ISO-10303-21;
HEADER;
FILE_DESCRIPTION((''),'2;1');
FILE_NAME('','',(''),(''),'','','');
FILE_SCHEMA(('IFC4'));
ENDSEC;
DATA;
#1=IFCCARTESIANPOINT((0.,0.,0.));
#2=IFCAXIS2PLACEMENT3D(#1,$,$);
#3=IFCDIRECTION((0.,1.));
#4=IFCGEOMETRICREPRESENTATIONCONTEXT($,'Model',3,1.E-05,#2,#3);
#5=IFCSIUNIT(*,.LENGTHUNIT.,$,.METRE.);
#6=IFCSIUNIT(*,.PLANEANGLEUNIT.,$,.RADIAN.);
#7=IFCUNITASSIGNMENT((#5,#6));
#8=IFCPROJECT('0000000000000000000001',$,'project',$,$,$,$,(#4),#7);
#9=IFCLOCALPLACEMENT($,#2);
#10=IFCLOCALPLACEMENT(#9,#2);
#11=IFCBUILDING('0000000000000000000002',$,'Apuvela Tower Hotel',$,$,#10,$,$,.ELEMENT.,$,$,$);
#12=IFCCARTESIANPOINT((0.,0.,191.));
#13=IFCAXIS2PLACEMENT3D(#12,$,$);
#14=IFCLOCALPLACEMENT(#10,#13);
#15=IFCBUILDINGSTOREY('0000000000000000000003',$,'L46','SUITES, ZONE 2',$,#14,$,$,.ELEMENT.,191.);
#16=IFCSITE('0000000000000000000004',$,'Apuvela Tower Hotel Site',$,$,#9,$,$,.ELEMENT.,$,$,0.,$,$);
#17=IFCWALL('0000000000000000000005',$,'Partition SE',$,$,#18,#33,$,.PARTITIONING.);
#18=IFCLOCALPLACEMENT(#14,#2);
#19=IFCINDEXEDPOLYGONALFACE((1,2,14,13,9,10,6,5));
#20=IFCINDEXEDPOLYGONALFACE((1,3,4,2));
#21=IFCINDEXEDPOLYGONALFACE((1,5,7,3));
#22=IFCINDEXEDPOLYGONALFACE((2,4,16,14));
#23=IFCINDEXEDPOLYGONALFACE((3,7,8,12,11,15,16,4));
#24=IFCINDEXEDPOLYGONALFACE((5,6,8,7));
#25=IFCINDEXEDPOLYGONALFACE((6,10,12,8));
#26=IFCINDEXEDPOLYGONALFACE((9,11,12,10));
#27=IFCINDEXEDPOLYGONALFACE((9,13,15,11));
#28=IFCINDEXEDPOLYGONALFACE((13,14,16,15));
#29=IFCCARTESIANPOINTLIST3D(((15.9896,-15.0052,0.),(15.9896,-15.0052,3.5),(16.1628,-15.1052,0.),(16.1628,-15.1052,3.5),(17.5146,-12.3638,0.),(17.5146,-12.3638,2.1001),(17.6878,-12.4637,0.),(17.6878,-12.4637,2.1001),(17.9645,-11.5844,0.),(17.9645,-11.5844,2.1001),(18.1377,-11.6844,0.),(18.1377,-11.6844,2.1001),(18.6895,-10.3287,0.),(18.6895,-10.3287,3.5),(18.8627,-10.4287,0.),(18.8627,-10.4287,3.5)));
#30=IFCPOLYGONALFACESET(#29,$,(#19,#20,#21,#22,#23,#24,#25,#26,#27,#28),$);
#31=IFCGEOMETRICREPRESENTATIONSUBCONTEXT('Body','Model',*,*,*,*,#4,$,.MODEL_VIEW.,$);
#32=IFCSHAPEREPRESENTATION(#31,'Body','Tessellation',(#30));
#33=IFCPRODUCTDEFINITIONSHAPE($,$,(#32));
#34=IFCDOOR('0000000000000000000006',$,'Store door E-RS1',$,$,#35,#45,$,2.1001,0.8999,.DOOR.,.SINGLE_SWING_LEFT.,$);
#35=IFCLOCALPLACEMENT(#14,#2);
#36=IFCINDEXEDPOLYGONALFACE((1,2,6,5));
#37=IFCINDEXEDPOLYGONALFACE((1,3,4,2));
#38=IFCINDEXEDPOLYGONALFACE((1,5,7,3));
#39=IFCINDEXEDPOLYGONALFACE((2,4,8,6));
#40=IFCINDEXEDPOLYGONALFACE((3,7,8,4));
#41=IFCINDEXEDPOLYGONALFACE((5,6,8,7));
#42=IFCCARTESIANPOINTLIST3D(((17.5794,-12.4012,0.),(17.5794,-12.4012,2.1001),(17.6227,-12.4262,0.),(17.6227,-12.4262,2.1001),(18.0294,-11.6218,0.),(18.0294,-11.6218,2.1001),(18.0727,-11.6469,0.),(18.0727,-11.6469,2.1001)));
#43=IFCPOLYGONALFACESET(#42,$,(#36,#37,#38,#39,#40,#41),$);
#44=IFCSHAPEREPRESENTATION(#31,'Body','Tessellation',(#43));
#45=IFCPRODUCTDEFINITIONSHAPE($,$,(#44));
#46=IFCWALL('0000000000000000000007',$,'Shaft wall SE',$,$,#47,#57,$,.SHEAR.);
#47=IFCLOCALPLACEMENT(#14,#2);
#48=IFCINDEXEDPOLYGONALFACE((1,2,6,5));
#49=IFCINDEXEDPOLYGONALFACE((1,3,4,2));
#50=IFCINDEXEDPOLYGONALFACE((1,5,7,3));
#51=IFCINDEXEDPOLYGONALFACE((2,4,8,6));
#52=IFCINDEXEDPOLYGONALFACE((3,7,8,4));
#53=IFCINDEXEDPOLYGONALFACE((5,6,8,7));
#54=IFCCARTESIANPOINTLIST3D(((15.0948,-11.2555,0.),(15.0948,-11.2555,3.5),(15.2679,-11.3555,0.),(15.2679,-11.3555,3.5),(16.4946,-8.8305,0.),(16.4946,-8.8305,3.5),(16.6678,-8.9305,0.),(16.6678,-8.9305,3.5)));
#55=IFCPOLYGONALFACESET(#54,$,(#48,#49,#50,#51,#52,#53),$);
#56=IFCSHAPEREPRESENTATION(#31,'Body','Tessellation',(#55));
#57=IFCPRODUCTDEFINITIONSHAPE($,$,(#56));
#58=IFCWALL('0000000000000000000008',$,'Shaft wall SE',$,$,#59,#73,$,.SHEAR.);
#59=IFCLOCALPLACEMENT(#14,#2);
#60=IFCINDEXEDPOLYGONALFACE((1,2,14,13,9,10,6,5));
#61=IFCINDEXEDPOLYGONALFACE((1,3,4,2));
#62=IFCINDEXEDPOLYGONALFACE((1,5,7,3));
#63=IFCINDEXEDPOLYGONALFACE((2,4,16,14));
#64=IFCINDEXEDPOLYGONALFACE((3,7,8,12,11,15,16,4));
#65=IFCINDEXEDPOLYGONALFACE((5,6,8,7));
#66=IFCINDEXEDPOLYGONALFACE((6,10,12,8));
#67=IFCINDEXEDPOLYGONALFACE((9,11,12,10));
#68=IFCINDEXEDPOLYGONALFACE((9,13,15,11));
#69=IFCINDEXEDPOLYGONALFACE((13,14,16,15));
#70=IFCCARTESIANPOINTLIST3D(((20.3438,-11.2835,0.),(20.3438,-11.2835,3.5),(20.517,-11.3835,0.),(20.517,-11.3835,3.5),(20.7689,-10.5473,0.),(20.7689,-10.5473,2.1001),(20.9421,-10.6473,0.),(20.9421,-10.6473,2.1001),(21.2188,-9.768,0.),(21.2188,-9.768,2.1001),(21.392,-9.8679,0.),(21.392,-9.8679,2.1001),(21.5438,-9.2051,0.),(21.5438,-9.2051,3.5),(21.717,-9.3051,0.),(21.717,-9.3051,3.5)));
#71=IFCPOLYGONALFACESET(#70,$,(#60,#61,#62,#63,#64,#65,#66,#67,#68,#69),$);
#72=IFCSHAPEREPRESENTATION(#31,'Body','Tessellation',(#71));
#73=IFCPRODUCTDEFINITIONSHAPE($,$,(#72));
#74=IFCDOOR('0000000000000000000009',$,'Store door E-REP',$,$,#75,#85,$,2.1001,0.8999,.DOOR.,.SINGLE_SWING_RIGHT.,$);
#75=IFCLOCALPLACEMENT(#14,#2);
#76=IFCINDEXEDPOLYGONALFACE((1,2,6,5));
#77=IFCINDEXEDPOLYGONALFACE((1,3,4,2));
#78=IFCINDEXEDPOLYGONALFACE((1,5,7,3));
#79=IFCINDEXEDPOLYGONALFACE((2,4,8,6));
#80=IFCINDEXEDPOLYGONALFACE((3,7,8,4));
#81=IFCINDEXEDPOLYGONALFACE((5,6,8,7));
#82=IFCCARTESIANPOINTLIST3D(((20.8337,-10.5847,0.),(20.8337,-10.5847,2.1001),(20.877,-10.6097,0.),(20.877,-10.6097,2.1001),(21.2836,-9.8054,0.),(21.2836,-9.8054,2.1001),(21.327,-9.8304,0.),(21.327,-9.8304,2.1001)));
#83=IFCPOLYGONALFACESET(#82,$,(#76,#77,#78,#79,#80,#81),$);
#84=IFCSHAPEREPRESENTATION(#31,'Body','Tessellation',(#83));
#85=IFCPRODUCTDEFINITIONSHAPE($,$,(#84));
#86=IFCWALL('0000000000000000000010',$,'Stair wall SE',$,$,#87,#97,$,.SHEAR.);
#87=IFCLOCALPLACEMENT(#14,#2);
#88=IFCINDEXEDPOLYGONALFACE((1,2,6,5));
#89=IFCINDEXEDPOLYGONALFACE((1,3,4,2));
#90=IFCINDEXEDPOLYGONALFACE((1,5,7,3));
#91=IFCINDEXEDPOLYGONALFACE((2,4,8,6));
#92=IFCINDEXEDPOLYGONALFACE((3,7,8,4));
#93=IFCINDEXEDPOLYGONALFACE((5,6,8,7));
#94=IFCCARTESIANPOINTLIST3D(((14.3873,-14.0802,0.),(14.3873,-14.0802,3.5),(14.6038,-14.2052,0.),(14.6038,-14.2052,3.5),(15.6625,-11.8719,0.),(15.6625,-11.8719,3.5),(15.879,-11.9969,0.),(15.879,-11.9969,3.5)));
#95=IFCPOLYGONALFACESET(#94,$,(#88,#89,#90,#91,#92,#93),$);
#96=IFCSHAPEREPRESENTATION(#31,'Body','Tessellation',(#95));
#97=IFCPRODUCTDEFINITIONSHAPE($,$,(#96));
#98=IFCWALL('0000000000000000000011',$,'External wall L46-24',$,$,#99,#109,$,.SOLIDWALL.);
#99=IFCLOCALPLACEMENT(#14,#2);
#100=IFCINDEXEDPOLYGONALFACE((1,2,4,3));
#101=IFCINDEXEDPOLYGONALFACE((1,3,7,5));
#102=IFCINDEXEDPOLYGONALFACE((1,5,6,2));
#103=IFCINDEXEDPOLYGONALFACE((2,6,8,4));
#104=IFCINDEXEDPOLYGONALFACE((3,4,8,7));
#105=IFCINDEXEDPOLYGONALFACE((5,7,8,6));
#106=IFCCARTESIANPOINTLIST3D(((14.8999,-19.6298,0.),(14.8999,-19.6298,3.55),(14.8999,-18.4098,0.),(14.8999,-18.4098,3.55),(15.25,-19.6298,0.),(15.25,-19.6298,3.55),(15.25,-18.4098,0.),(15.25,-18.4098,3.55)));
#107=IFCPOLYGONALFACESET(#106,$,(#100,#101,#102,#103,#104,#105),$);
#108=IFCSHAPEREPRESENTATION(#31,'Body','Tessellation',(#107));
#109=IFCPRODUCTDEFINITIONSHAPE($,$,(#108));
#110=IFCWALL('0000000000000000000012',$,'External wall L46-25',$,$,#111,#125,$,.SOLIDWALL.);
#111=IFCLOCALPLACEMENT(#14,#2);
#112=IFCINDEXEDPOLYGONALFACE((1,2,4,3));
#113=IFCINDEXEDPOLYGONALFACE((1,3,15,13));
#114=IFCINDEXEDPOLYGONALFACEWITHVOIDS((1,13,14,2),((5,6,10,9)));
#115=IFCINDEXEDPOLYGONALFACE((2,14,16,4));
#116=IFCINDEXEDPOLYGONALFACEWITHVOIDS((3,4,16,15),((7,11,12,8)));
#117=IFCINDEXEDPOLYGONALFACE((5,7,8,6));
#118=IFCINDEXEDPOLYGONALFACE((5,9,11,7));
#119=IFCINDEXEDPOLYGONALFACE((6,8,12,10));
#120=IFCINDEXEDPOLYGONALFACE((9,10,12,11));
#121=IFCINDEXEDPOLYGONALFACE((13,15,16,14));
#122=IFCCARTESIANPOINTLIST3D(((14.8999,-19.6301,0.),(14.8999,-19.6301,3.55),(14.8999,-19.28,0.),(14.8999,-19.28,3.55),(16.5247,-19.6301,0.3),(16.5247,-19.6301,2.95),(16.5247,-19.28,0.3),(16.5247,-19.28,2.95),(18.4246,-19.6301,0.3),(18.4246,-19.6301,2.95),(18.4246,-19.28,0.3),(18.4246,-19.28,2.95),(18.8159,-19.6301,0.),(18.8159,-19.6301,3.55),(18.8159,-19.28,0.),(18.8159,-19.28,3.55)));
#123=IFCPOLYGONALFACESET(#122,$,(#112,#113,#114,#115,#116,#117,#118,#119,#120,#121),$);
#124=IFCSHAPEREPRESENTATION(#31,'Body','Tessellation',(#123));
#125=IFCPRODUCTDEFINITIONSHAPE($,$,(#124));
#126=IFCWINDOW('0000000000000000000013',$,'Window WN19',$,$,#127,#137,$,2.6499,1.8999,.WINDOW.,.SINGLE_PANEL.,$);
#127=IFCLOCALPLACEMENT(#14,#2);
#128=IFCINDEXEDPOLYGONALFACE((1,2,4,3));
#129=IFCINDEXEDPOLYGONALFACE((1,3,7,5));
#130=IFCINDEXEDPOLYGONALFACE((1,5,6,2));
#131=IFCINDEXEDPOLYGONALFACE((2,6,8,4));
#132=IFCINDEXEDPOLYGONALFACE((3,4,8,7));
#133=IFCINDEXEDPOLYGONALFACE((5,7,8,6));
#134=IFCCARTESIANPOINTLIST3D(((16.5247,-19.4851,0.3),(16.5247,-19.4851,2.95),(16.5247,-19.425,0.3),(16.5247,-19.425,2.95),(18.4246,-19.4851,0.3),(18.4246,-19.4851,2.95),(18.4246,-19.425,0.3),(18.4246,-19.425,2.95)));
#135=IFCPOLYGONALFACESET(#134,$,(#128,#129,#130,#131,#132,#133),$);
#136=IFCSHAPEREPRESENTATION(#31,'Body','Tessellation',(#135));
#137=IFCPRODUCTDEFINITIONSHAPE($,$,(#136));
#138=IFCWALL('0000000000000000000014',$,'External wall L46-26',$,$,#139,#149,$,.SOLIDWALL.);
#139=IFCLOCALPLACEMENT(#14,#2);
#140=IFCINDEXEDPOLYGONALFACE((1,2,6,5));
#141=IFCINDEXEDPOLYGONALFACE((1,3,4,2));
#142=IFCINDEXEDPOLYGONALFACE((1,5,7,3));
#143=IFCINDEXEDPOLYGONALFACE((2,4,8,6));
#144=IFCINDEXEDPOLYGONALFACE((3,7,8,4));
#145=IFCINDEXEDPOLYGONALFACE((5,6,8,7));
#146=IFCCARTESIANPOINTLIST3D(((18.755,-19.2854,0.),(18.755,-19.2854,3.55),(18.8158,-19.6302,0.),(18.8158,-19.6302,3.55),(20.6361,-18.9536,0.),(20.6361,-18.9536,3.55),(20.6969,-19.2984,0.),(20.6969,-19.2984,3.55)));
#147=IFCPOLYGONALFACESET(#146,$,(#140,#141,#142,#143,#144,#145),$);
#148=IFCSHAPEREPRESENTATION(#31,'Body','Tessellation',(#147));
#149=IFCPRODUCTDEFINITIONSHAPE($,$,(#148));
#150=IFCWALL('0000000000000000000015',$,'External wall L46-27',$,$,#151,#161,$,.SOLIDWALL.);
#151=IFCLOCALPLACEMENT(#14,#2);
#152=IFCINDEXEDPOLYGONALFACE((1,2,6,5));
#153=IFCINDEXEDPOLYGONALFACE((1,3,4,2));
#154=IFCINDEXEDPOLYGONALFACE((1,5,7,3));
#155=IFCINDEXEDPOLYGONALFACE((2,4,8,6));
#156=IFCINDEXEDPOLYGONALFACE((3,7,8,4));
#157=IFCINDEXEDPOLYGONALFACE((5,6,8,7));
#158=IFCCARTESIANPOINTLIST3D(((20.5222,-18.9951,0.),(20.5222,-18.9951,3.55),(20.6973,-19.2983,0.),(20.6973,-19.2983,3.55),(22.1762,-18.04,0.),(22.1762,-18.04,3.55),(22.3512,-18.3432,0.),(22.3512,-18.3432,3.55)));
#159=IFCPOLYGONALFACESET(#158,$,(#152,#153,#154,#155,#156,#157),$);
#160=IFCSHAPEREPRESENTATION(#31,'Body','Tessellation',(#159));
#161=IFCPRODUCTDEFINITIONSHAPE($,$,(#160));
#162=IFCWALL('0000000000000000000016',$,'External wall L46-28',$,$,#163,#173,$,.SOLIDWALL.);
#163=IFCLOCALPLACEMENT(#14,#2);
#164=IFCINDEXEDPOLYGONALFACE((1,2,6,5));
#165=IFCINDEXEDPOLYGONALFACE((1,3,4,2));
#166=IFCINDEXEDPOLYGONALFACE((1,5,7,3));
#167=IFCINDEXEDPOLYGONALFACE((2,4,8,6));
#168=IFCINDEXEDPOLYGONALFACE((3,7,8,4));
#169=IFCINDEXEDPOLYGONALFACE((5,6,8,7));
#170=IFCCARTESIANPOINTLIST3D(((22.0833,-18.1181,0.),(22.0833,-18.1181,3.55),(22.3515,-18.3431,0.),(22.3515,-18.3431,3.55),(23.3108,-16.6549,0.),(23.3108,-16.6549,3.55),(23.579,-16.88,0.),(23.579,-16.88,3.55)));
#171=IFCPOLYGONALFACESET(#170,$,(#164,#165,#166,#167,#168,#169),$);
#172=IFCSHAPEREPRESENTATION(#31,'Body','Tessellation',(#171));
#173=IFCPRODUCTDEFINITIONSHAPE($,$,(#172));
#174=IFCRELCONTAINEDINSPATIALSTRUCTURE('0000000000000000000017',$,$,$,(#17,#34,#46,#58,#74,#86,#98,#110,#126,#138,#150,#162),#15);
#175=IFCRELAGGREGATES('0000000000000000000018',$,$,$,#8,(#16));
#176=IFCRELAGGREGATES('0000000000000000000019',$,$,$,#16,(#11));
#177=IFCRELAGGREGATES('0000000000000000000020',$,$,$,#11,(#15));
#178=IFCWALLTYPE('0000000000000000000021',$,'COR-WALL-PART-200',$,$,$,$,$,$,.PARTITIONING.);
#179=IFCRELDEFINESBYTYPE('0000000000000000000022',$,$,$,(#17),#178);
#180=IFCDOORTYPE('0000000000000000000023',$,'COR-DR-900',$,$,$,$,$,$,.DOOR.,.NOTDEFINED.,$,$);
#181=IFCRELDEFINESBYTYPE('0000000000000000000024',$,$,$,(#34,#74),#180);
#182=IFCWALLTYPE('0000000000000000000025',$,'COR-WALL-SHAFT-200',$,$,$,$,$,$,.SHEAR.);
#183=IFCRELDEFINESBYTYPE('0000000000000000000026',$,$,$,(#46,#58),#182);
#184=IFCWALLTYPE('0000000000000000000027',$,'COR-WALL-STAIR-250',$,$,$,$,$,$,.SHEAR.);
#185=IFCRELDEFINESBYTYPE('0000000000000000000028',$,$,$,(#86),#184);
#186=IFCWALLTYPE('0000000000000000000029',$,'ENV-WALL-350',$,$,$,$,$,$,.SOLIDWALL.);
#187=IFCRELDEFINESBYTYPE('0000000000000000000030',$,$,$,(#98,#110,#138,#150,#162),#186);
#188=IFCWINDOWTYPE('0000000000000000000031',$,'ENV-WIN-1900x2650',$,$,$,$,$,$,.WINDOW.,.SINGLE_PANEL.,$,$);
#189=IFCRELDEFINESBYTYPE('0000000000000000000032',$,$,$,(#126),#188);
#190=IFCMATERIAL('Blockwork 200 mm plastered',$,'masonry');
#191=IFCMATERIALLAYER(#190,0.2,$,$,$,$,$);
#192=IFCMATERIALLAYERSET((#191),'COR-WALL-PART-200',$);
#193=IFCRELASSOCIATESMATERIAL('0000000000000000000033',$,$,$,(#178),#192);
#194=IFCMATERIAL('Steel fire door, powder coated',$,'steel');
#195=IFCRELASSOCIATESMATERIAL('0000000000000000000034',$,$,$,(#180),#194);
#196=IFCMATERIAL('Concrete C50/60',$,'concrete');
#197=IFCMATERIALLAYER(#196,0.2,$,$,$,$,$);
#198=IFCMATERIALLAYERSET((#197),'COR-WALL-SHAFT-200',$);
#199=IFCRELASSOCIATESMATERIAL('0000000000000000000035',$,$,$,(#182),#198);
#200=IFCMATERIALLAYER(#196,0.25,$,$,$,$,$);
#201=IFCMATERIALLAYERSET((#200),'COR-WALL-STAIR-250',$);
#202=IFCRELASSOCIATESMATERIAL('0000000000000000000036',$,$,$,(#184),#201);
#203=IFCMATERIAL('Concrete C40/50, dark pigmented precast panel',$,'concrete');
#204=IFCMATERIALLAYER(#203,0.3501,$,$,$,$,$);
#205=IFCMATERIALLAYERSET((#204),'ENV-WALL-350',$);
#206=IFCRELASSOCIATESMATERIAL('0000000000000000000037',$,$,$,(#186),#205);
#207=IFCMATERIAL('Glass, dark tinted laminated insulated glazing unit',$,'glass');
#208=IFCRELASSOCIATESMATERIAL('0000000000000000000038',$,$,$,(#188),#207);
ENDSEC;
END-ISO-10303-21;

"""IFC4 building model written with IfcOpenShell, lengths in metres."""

from ifc_helpers import new_model, si_unit, direction, frame, frame_2d, origin, place, context, subcontext, project, spatial, rectangle, extrude, material, layer, layer_set, type_object, element, fill, save


model = new_model("IFC4")

# Units and contexts
model_context = context("Model", 3, precision=1e-05, world=origin(), true_north=direction((0.0, 1.0)))
body_context = subcontext(model_context, "Body", "Model", "MODEL_VIEW")
ifc_project = project(units=[si_unit("LENGTHUNIT", "METRE"), si_unit("PLANEANGLEUNIT", "RADIAN")], contexts=[model_context])

# Site, building, storey
site_placement = place(None, origin())
site = spatial("IfcSite", under=ifc_project, at=site_placement, Name="Apuvela Tower Hotel Site", CompositionType="ELEMENT", RefElevation=0.0)
building_placement = place(site_placement, origin())
building = spatial("IfcBuilding", under=site, at=building_placement, Name="Apuvela Tower Hotel", CompositionType="ELEMENT")
storey_placement = place(building_placement, frame((0.0, 0.0, 191.0)))
storey = spatial("IfcBuildingStorey", under=building, at=storey_placement, Name="L46", Description="SUITES, ZONE 2", CompositionType="ELEMENT", Elevation=191.0)

# Wall, opening, door
ifc_material_1 = material(Name="Blockwork 200 mm plastered", Category="masonry")
ifc_layer_1 = layer(ifc_material_1, 0.2)
ifc_layer_set_1 = layer_set([ifc_layer_1], Name="COR-WALL-PART-200")
wall_type_1 = type_object("IfcWallType", Name="COR-WALL-PART-200", PredefinedType="PARTITIONING", material=ifc_layer_set_1)
wall_1_placement = place(storey_placement, frame((16.0762, -15.0552, 0.0), z_axis=(0.0, 0.0, 1.0), x_axis=(0.499995, 0.866028, 0.0)))
wall_1 = element("IfcWall", 1, at=wall_1_placement, inside=storey, type_object=wall_type_1, Name="Partition SE", PredefinedType="PARTITIONING", context=body_context, shape_type="SweptSolid", body=[
    extrude(rectangle(XDim=5.3999, YDim=0.2, at=frame_2d((2.7, 0.0))), origin(), (0.0, 0.0, 1.0), 3.5),
])
opening_1_placement = place(wall_1_placement, frame((3.05, 0.0, 0.0)))
opening_1 = element("IfcOpeningElement", 2, at=opening_1_placement, cuts=wall_1, PredefinedType="OPENING", context=body_context, shape_type="SweptSolid", body=[
    extrude(rectangle(XDim=0.8999, YDim=2.1001, at=frame_2d((0.45, 1.05))), frame((0.0, 0.1099, 0.0), z_axis=(0.0, -1.0, 0.0), x_axis=(1.0, 0.0, 0.0)), (0.0, 0.0, 1.0), 0.22),
])
ifc_material_2 = material(Name="Steel fire door, powder coated", Category="steel")
door_type_1 = type_object("IfcDoorType", Name="COR-DR-900", OperationType="NOTDEFINED", PredefinedType="DOOR", material=ifc_material_2)
door_1_placement = place(opening_1_placement, frame((0.8999, 0.0, 0.0), z_axis=(0.0, 0.0, 1.0), x_axis=(-1.0, 0.0, 0.0)))
door_1 = element("IfcDoor", 3, at=door_1_placement, inside=storey, type_object=door_type_1, Name="Store door E-RS1", OperationType="SINGLE_SWING_LEFT", OverallHeight=2.1001, OverallWidth=0.8999, PredefinedType="DOOR", context=body_context, shape_type="SweptSolid", body=[
    extrude(rectangle(XDim=0.8999, YDim=2.1001, at=frame_2d((0.45, 1.05))), frame((0.0, 0.0249, 0.0), z_axis=(0.0, -1.0, 0.0), x_axis=(1.0, 0.0, 0.0)), (0.0, 0.0, 1.0), 0.05),
])
fill(opening_1, door_1)

# Wall
ifc_material_3 = material(Name="Concrete C50/60", Category="concrete")
ifc_layer_2 = layer(ifc_material_3, 0.2)
ifc_layer_set_2 = layer_set([ifc_layer_2], Name="COR-WALL-SHAFT-200")
wall_type_2 = type_object("IfcWallType", Name="COR-WALL-SHAFT-200", PredefinedType="SHEAR", material=ifc_layer_set_2)
wall_2_placement = place(storey_placement, frame((15.1814, -11.3054, 0.0), z_axis=(0.0, 0.0, 1.0), x_axis=(0.499946, 0.866056, 0.0)))
element("IfcWall", 4, at=wall_2_placement, inside=storey, type_object=wall_type_2, Name="Shaft wall SE", PredefinedType="SHEAR", context=body_context, shape_type="SweptSolid", body=[
    extrude(rectangle(XDim=2.8, YDim=0.2, at=frame_2d((1.3999, 0.0))), origin(), (0.0, 0.0, 1.0), 3.5),
])

# Wall, opening, door
wall_3_placement = place(storey_placement, frame((20.4304, -11.3335, 0.0), z_axis=(0.0, 0.0, 1.0), x_axis=(0.500001, 0.866025, 0.0)))
wall_3 = element("IfcWall", 5, at=wall_3_placement, inside=storey, type_object=wall_type_2, Name="Shaft wall SE", PredefinedType="SHEAR", context=body_context, shape_type="SweptSolid", body=[
    extrude(rectangle(XDim=2.3999, YDim=0.2, at=frame_2d((1.2, 0.0))), origin(), (0.0, 0.0, 1.0), 3.5),
])
opening_2_placement = place(wall_3_placement, frame((0.8501, 0.0, 0.0)))
opening_2 = element("IfcOpeningElement", 6, at=opening_2_placement, cuts=wall_3, PredefinedType="OPENING", context=body_context, shape_type="SweptSolid", body=[
    extrude(rectangle(XDim=0.8999, YDim=2.1001, at=frame_2d((0.45, 1.05))), frame((0.0, 0.1099, 0.0), z_axis=(0.0, -1.0, 0.0), x_axis=(1.0, 0.0, 0.0)), (0.0, 0.0, 1.0), 0.22),
])
door_2_placement = place(opening_2_placement, frame((0.8999, 0.0, 0.0), z_axis=(0.0, 0.0, 1.0), x_axis=(-1.0, 0.0, 0.0)))
door_2 = element("IfcDoor", 7, at=door_2_placement, inside=storey, type_object=door_type_1, Name="Store door E-REP", OperationType="SINGLE_SWING_RIGHT", OverallHeight=2.1001, OverallWidth=0.8999, PredefinedType="DOOR", context=body_context, shape_type="SweptSolid", body=[
    extrude(rectangle(XDim=0.8999, YDim=2.1001, at=frame_2d((0.45, 1.05))), frame((0.0, 0.0249, 0.0), z_axis=(0.0, -1.0, 0.0), x_axis=(1.0, 0.0, 0.0)), (0.0, 0.0, 1.0), 0.05),
])
fill(opening_2, door_2)

# Walls
ifc_layer_3 = layer(ifc_material_3, 0.25)
ifc_layer_set_3 = layer_set([ifc_layer_3], Name="COR-WALL-STAIR-250")
wall_type_3 = type_object("IfcWallType", Name="COR-WALL-STAIR-250", PredefinedType="SHEAR", material=ifc_layer_set_3)
wall_4_placement = place(storey_placement, frame((14.4956, -14.1426, 0.0), z_axis=(0.0, 0.0, 1.0), x_axis=(0.500062, 0.865989, 0.0)))
element("IfcWall", 8, at=wall_4_placement, inside=storey, type_object=wall_type_3, Name="Stair wall SE", PredefinedType="SHEAR", context=body_context, shape_type="SweptSolid", body=[
    extrude(rectangle(XDim=2.55, YDim=0.25, at=frame_2d((1.2749, 0.0))), origin(), (0.0, 0.0, 1.0), 3.5),
])
ifc_material_4 = material(Name="Concrete C40/50, dark pigmented precast panel", Category="concrete")
ifc_layer_4 = layer(ifc_material_4, 0.3501)
ifc_layer_set_4 = layer_set([ifc_layer_4], Name="ENV-WALL-350")
wall_type_4 = type_object("IfcWallType", Name="ENV-WALL-350", PredefinedType="SOLIDWALL", material=ifc_layer_set_4)
wall_5_placement = place(storey_placement, frame((15.075, -18.4099, 0.0), z_axis=(0.0, 0.0, 1.0), x_axis=(0.0, -1.0, 0.0)))
element("IfcWall", 9, at=wall_5_placement, inside=storey, type_object=wall_type_4, Name="External wall L46-24", PredefinedType="SOLIDWALL", context=body_context, shape_type="SweptSolid", body=[
    extrude(rectangle(XDim=1.22, YDim=0.3501, at=frame_2d((0.6099, 0.0))), origin(), (0.0, 0.0, 1.0), 3.55),
])

# Wall, opening, window
wall_6_placement = place(storey_placement, frame((14.8999, -19.4551, 0.0), z_axis=(0.0, 0.0, 1.0), x_axis=(1.0, 0.0, 0.0)))
wall_6 = element("IfcWall", 10, at=wall_6_placement, inside=storey, type_object=wall_type_4, Name="External wall L46-25", PredefinedType="SOLIDWALL", context=body_context, shape_type="SweptSolid", body=[
    extrude(rectangle(XDim=3.916, YDim=0.3501, at=frame_2d((1.958, 0.0))), origin(), (0.0, 0.0, 1.0), 3.55),
])
opening_3_placement = place(wall_6_placement, frame((1.6248, 0.0, 0.3)))
opening_3 = element("IfcOpeningElement", 11, at=opening_3_placement, cuts=wall_6, PredefinedType="OPENING", context=body_context, shape_type="SweptSolid", body=[
    extrude(rectangle(XDim=1.8999, YDim=2.6499, at=frame_2d((0.95, 1.325))), frame((0.0, 0.1851, 0.0), z_axis=(0.0, -1.0, 0.0), x_axis=(1.0, 0.0, 0.0)), (0.0, 0.0, 1.0), 0.3701),
])
ifc_material_5 = material(Name="Glass, dark tinted laminated insulated glazing unit", Category="glass")
window_type = type_object("IfcWindowType", Name="ENV-WIN-1900x2650", PartitioningType="SINGLE_PANEL", PredefinedType="WINDOW", material=ifc_material_5)
window_placement = place(opening_3_placement, origin())
window = element("IfcWindow", 12, at=window_placement, inside=storey, type_object=window_type, Name="Window WN19", OverallHeight=2.6499, OverallWidth=1.8999, PartitioningType="SINGLE_PANEL", PredefinedType="WINDOW", context=body_context, shape_type="SweptSolid", body=[
    extrude(rectangle(XDim=1.8999, YDim=2.6499, at=frame_2d((0.95, 1.325))), frame((0.0, 0.03, 0.0), z_axis=(0.0, -1.0, 0.0), x_axis=(1.0, 0.0, 0.0)), (0.0, 0.0, 1.0), 0.0601),
])
fill(opening_3, window)

# Walls
wall_7_placement = place(storey_placement, frame((18.7854, -19.4578, 0.0), z_axis=(0.0, 0.0, 1.0), x_axis=(0.984799, 0.173698, 0.0)))
element("IfcWall", 13, at=wall_7_placement, inside=storey, type_object=wall_type_4, Name="External wall L46-26", PredefinedType="SOLIDWALL", context=body_context, shape_type="SweptSolid", body=[
    extrude(rectangle(XDim=1.9102, YDim=0.3501, at=frame_2d((0.9551, 0.0))), origin(), (0.0, 0.0, 1.0), 3.55),
])
for number, where, z_axis, x_axis, name in (
    (14, (20.6096, -19.1467, 0.0), (0.0, 0.0, 1.0), (0.866, 0.500043, 0.0), "External wall L46-27"),
    (15, (22.2173, -18.2307, 0.0), (0.0, 0.0, 1.0), (0.642733, 0.76609, 0.0), "External wall L46-28"),
):
    element("IfcWall", number, at=place(storey_placement, frame(where, z_axis=z_axis, x_axis=x_axis)), inside=storey, type_object=wall_type_4, Name=name, PredefinedType="SOLIDWALL", context=body_context, shape_type="SweptSolid", body=[
        extrude(rectangle(XDim=1.9099, YDim=0.3501, at=frame_2d((0.9551, 0.0))), origin(), (0.0, 0.0, 1.0), 3.55),
    ])

save(model, "model.ifc")
